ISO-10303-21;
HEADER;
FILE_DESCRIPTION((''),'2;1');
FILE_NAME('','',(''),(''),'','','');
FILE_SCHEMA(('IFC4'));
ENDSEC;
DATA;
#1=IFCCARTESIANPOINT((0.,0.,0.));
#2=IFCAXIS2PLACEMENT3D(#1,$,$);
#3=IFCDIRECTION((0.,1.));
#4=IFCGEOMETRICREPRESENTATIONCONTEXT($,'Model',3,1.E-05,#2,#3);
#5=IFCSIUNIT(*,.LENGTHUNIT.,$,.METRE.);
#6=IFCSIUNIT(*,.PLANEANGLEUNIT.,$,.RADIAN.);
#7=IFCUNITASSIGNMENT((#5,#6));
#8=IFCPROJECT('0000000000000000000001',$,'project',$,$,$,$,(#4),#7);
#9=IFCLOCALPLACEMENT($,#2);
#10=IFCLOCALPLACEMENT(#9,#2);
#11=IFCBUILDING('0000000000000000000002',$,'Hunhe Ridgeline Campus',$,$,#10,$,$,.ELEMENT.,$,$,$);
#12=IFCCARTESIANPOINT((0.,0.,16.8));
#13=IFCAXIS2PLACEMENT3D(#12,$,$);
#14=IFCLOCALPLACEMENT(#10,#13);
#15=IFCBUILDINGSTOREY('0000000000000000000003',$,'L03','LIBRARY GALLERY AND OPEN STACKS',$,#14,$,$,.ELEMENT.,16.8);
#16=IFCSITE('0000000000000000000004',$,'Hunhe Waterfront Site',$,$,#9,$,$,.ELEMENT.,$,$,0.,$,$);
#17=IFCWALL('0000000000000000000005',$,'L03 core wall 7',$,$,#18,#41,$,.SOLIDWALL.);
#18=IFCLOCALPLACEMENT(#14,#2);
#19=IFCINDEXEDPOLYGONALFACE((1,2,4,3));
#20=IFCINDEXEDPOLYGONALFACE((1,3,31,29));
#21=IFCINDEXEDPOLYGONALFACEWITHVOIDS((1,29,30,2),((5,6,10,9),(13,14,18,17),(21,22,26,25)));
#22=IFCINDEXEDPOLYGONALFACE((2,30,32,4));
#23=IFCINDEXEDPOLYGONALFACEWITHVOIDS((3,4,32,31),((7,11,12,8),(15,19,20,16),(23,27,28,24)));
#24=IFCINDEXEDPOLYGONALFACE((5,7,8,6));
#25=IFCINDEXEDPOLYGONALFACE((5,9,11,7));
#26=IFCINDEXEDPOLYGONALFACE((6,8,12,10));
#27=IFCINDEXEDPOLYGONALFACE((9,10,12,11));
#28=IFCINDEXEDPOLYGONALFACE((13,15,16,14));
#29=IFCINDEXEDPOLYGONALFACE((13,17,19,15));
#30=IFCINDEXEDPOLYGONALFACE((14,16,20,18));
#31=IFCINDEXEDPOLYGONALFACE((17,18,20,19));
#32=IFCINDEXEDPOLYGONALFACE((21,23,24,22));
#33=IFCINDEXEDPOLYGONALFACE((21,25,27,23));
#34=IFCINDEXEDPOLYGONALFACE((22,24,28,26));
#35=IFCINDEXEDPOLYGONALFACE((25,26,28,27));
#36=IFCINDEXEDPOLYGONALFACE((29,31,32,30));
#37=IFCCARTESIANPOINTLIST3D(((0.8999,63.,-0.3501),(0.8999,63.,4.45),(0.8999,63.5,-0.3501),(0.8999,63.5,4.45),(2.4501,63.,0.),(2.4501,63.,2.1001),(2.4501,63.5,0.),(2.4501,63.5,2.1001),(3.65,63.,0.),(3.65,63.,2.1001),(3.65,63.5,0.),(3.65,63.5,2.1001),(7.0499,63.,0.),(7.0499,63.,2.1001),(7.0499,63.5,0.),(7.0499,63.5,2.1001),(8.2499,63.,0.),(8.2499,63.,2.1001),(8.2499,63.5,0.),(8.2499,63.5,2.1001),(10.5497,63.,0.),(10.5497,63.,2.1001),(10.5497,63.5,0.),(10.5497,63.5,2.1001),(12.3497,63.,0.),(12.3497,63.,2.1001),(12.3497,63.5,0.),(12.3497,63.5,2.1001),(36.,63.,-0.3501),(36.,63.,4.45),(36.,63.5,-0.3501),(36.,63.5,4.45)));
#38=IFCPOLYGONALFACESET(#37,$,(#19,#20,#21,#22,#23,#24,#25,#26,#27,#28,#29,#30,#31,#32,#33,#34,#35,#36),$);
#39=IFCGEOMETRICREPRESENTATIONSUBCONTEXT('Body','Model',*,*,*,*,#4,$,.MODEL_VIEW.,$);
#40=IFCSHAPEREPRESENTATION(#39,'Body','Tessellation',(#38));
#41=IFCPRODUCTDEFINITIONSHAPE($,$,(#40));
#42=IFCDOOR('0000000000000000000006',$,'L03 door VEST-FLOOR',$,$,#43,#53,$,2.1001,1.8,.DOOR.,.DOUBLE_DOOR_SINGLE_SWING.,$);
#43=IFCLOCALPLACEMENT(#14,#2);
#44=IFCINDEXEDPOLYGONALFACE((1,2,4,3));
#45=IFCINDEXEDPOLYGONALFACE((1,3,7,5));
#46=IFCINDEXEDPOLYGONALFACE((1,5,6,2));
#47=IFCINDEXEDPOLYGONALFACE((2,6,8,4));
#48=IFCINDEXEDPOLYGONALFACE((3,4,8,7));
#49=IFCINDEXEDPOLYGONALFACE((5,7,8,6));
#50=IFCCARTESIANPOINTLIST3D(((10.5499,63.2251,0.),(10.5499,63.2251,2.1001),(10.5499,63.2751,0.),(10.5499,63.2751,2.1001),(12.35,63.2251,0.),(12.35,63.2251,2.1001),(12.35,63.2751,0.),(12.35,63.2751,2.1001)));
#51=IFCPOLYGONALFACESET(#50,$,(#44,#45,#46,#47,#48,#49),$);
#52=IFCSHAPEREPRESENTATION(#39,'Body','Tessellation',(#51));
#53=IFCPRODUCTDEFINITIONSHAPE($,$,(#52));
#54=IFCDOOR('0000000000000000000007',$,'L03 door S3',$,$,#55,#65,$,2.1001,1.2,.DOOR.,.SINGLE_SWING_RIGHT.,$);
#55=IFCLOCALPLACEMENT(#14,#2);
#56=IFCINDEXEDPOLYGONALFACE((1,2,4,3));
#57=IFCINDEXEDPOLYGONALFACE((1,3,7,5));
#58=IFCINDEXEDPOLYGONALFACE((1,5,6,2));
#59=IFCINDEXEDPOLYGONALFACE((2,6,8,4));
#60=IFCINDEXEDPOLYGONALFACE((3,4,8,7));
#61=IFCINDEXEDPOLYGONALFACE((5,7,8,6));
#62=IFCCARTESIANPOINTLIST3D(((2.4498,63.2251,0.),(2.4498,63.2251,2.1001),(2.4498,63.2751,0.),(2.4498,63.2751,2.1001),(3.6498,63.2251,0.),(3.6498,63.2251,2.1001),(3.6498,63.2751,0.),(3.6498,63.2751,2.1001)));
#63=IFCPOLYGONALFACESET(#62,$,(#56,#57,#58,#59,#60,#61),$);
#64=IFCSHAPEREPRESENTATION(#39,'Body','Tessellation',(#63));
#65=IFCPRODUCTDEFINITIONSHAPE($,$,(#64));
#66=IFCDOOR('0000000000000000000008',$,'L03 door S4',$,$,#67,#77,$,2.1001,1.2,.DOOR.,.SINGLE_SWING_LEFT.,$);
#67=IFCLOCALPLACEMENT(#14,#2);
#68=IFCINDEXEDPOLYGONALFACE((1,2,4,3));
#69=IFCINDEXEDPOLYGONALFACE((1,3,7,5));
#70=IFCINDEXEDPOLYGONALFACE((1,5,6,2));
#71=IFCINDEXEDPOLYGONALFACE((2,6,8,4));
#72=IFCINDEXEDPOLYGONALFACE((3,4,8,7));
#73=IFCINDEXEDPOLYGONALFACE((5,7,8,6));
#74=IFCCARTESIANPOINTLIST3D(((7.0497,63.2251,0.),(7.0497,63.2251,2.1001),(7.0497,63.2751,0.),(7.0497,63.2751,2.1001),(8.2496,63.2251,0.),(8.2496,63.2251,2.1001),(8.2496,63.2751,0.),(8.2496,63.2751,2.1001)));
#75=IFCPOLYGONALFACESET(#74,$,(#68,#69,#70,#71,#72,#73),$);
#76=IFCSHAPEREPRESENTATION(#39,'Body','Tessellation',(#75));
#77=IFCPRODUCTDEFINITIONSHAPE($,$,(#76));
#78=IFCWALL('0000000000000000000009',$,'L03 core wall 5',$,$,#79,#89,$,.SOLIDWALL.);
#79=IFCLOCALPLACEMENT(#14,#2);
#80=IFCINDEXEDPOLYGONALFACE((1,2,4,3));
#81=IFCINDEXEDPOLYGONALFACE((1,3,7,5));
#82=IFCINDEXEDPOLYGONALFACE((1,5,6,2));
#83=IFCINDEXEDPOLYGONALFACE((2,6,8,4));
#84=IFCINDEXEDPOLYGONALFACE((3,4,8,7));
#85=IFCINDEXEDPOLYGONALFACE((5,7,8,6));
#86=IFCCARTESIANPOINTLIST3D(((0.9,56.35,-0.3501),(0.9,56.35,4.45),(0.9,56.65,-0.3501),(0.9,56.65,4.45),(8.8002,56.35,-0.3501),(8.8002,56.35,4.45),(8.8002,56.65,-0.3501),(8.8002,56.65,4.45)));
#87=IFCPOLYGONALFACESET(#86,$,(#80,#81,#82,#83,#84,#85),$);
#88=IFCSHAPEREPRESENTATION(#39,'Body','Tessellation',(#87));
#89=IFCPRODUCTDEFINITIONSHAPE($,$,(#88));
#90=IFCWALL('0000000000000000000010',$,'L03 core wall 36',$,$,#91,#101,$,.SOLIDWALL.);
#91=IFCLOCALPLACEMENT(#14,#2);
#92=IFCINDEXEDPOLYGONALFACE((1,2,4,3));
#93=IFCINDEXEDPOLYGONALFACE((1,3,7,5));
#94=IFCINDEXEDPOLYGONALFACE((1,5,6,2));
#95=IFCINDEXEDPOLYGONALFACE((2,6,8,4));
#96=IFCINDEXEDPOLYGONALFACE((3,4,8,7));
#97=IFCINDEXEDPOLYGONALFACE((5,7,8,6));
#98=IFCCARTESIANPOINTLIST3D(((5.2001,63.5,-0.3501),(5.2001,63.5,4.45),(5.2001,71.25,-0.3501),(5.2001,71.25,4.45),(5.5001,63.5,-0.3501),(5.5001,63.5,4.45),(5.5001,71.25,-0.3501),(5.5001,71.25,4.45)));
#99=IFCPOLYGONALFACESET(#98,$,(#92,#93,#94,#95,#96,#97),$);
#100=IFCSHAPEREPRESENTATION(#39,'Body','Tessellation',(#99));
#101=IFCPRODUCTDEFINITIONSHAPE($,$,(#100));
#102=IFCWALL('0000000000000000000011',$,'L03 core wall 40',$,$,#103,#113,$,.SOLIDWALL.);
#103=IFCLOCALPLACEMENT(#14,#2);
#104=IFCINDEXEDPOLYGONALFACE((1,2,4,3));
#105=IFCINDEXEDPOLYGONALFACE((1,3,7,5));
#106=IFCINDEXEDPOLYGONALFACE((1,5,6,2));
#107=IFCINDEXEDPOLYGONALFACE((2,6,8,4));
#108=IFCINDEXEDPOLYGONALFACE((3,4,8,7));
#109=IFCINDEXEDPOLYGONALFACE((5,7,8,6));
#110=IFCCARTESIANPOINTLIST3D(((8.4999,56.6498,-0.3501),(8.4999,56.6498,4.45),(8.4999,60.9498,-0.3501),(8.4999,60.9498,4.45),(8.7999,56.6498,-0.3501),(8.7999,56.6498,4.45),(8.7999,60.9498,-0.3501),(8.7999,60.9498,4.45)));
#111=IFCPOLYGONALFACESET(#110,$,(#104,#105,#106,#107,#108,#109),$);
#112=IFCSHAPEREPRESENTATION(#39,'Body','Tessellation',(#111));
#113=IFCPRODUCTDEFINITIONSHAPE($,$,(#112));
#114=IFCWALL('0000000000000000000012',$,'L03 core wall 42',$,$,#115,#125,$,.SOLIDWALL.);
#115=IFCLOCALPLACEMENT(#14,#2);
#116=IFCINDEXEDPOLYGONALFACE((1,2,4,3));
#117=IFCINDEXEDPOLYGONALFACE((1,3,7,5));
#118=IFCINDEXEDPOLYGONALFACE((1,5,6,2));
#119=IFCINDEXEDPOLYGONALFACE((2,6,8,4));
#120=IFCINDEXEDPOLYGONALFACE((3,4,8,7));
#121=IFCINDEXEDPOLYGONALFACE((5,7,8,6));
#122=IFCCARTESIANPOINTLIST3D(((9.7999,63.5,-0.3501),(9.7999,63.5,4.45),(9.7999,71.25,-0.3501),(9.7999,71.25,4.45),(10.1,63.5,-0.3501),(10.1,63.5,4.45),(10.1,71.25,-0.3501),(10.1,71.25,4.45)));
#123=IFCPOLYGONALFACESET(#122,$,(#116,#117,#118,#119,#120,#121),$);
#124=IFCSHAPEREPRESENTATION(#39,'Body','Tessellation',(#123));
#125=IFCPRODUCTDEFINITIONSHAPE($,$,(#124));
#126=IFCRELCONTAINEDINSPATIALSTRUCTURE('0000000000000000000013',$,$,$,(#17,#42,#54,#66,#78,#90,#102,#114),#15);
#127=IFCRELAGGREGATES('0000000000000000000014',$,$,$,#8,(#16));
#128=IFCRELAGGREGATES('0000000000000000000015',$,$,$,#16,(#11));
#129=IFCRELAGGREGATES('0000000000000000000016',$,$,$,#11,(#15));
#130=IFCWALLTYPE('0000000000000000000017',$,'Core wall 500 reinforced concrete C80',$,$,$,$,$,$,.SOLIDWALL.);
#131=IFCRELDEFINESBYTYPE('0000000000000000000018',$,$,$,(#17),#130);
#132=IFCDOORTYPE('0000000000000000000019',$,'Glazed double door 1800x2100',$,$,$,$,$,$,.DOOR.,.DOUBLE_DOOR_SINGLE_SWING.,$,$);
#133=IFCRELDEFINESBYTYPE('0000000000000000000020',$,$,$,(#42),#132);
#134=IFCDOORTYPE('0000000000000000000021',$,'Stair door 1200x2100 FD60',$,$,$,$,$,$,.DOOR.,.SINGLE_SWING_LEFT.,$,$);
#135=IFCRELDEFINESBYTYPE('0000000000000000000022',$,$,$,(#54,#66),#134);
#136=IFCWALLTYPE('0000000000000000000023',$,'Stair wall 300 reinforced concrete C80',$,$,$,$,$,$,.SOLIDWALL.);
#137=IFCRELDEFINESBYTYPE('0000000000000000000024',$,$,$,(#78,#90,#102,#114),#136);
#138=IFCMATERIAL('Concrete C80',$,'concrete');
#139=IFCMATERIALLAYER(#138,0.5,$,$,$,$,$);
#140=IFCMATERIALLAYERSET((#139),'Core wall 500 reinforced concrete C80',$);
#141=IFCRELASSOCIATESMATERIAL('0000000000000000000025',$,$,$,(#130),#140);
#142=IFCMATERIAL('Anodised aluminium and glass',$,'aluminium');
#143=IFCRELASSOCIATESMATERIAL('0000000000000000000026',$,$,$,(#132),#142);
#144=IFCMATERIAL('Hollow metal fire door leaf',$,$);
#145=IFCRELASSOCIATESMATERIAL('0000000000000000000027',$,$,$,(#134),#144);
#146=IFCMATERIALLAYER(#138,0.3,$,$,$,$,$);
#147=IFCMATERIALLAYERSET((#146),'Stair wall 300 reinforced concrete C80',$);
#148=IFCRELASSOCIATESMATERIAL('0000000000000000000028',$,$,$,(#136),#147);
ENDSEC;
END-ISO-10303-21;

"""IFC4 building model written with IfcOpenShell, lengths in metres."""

from ifc_helpers import new_model, si_unit, direction, frame, frame_2d, origin, place, context, subcontext, project, spatial, rectangle, extrude, material, layer, layer_set, type_object, element, fill, save


model = new_model("IFC4")

# Units and contexts
model_context = context("Model", 3, precision=1e-05, world=origin(), true_north=direction((0.0, 1.0)))
body_context = subcontext(model_context, "Body", "Model", "MODEL_VIEW")
ifc_project = project(units=[si_unit("LENGTHUNIT", "METRE"), si_unit("PLANEANGLEUNIT", "RADIAN")], contexts=[model_context])

# Site, building, storey
site_placement = place(None, origin())
site = spatial("IfcSite", under=ifc_project, at=site_placement, Name="Hunhe Waterfront Site", CompositionType="ELEMENT", RefElevation=0.0)
building_placement = place(site_placement, origin())
building = spatial("IfcBuilding", under=site, at=building_placement, Name="Hunhe Ridgeline Campus", CompositionType="ELEMENT")
storey_placement = place(building_placement, frame((0.0, 0.0, 16.8)))
storey = spatial("IfcBuildingStorey", under=building, at=storey_placement, Name="L03", Description="LIBRARY GALLERY AND OPEN STACKS", CompositionType="ELEMENT", Elevation=16.8)

# Wall, openings, doors
ifc_material_1 = material(Name="Concrete C80", Category="concrete")
ifc_layer_1 = layer(ifc_material_1, 0.5)
ifc_layer_set_1 = layer_set([ifc_layer_1], Name="Core wall 500 reinforced concrete C80")
wall_type_1 = type_object("IfcWallType", Name="Core wall 500 reinforced concrete C80", PredefinedType="SOLIDWALL", material=ifc_layer_set_1)
wall_1_placement = place(storey_placement, frame((0.8999, 63.25, -0.3501), z_axis=(0.0, 0.0, 1.0), x_axis=(1.0, 0.0, 0.0)))
wall_1 = element("IfcWall", 1, at=wall_1_placement, inside=storey, type_object=wall_type_1, Name="L03 core wall 7", PredefinedType="SOLIDWALL", context=body_context, shape_type="SweptSolid", body=[
    extrude(rectangle(XDim=35.1001, YDim=0.5, at=frame_2d((17.55, 0.0))), origin(), (0.0, 0.0, 1.0), 4.8),
])
opening_1_placement = place(wall_1_placement, frame((9.6499, 0.0, 0.3501)))
opening_1 = element("IfcOpeningElement", 2, at=opening_1_placement, cuts=wall_1, PredefinedType="OPENING", context=body_context, shape_type="SweptSolid", body=[
    extrude(rectangle(XDim=1.8, YDim=2.1001, at=frame_2d((0.8999, 1.05))), frame((0.0, 0.25, 0.0), z_axis=(0.0, -1.0, 0.0), x_axis=(1.0, 0.0, 0.0)), (0.0, 0.0, 1.0), 0.5),
])
opening_2_placement = place(wall_1_placement, frame((1.55, 0.0, 0.3501)))
opening_2 = element("IfcOpeningElement", 3, at=opening_2_placement, cuts=wall_1, PredefinedType="OPENING", context=body_context, shape_type="SweptSolid", body=[
    extrude(rectangle(XDim=1.2, YDim=2.1001, at=frame_2d((0.6001, 1.05))), frame((0.0, 0.25, 0.0), z_axis=(0.0, -1.0, 0.0), x_axis=(1.0, 0.0, 0.0)), (0.0, 0.0, 1.0), 0.5),
])
opening_3_placement = place(wall_1_placement, frame((6.1499, 0.0, 0.3501)))
opening_3 = element("IfcOpeningElement", 4, at=opening_3_placement, cuts=wall_1, PredefinedType="OPENING", context=body_context, shape_type="SweptSolid", body=[
    extrude(rectangle(XDim=1.2, YDim=2.1001, at=frame_2d((0.6001, 1.05))), frame((0.0, 0.25, 0.0), z_axis=(0.0, -1.0, 0.0), x_axis=(1.0, 0.0, 0.0)), (0.0, 0.0, 1.0), 0.5),
])
ifc_material_2 = material(Name="Anodised aluminium and glass", Category="aluminium")
door_type_1 = type_object("IfcDoorType", Name="Glazed double door 1800x2100", OperationType="DOUBLE_DOOR_SINGLE_SWING", PredefinedType="DOOR", material=ifc_material_2)
door_1_placement = place(opening_1_placement, frame((1.8, 0.0, 0.0), z_axis=(0.0, 0.0, 1.0), x_axis=(-1.0, 0.0, 0.0)))
door_1 = element("IfcDoor", 5, at=door_1_placement, inside=storey, type_object=door_type_1, Name="L03 door VEST-FLOOR", OperationType="DOUBLE_DOOR_SINGLE_SWING", OverallHeight=2.1001, OverallWidth=1.8, PredefinedType="DOOR", context=body_context, shape_type="SweptSolid", body=[
    extrude(rectangle(XDim=1.8, YDim=2.1001, at=frame_2d((0.8999, 1.05))), frame((0.0, 0.0249, 0.0), z_axis=(0.0, -1.0, 0.0), x_axis=(1.0, 0.0, 0.0)), (0.0, 0.0, 1.0), 0.05),
])
fill(opening_1, door_1)
ifc_material_3 = material(Name="Hollow metal fire door leaf")
door_type_2 = type_object("IfcDoorType", Name="Stair door 1200x2100 FD60", OperationType="SINGLE_SWING_LEFT", PredefinedType="DOOR", material=ifc_material_3)
door_2_placement = place(opening_2_placement, frame((1.2, 0.0, 0.0), z_axis=(0.0, 0.0, 1.0), x_axis=(-1.0, 0.0, 0.0)))
door_2 = element("IfcDoor", 6, at=door_2_placement, inside=storey, type_object=door_type_2, Name="L03 door S3", OperationType="SINGLE_SWING_RIGHT", OverallHeight=2.1001, OverallWidth=1.2, PredefinedType="DOOR", context=body_context, shape_type="SweptSolid", body=[
    extrude(rectangle(XDim=1.2, YDim=2.1001, at=frame_2d((0.6001, 1.05))), frame((0.0, 0.0249, 0.0), z_axis=(0.0, -1.0, 0.0), x_axis=(1.0, 0.0, 0.0)), (0.0, 0.0, 1.0), 0.05),
])
fill(opening_2, door_2)
door_3_placement = place(opening_3_placement, frame((1.2, 0.0, 0.0), z_axis=(0.0, 0.0, 1.0), x_axis=(-1.0, 0.0, 0.0)))
door_3 = element("IfcDoor", 7, at=door_3_placement, inside=storey, type_object=door_type_2, Name="L03 door S4", OperationType="SINGLE_SWING_LEFT", OverallHeight=2.1001, OverallWidth=1.2, PredefinedType="DOOR", context=body_context, shape_type="SweptSolid", body=[
    extrude(rectangle(XDim=1.2, YDim=2.1001, at=frame_2d((0.6001, 1.05))), frame((0.0, 0.0249, 0.0), z_axis=(0.0, -1.0, 0.0), x_axis=(1.0, 0.0, 0.0)), (0.0, 0.0, 1.0), 0.05),
])
fill(opening_3, door_3)

# Wall
ifc_layer_2 = layer(ifc_material_1, 0.3)
ifc_layer_set_2 = layer_set([ifc_layer_2], Name="Stair wall 300 reinforced concrete C80")
wall_type_2 = type_object("IfcWallType", Name="Stair wall 300 reinforced concrete C80", PredefinedType="SOLIDWALL", material=ifc_layer_set_2)
wall_2_placement = place(storey_placement, frame((0.8999, 56.5, -0.3501), z_axis=(0.0, 0.0, 1.0), x_axis=(1.0, 0.0, 0.0)))
element("IfcWall", 8, at=wall_2_placement, inside=storey, type_object=wall_type_2, Name="L03 core wall 5", PredefinedType="SOLIDWALL", context=body_context, shape_type="SweptSolid", body=[
    extrude(rectangle(XDim=7.9001, YDim=0.3, at=frame_2d((3.9502, 0.0))), origin(), (0.0, 0.0, 1.0), 4.8),
])

# Walls
wall_3_placement = place(storey_placement, frame((5.3501, 63.5, -0.3501), z_axis=(0.0, 0.0, 1.0), x_axis=(0.0, 1.0, 0.0)))
element("IfcWall", 9, at=wall_3_placement, inside=storey, type_object=wall_type_2, Name="L03 core wall 36", PredefinedType="SOLIDWALL", context=body_context, shape_type="SweptSolid", body=[
    extrude(rectangle(XDim=7.75, YDim=0.3, at=frame_2d((3.875, 0.0))), origin(), (0.0, 0.0, 1.0), 4.8),
])
wall_4_placement = place(storey_placement, frame((8.6499, 56.6499, -0.3501), z_axis=(0.0, 0.0, 1.0), x_axis=(0.0, 1.0, 0.0)))
element("IfcWall", 10, at=wall_4_placement, inside=storey, type_object=wall_type_2, Name="L03 core wall 40", PredefinedType="SOLIDWALL", context=body_context, shape_type="SweptSolid", body=[
    extrude(rectangle(XDim=4.3, YDim=0.3, at=frame_2d((2.1499, 0.0))), origin(), (0.0, 0.0, 1.0), 4.8),
])
wall_5_placement = place(storey_placement, frame((9.95, 63.5, -0.3501), z_axis=(0.0, 0.0, 1.0), x_axis=(0.0, 1.0, 0.0)))
element("IfcWall", 11, at=wall_5_placement, inside=storey, type_object=wall_type_2, Name="L03 core wall 42", PredefinedType="SOLIDWALL", context=body_context, shape_type="SweptSolid", body=[
    extrude(rectangle(XDim=7.75, YDim=0.3, at=frame_2d((3.875, 0.0))), origin(), (0.0, 0.0, 1.0), 4.8),
])

save(model, "model.ifc")
